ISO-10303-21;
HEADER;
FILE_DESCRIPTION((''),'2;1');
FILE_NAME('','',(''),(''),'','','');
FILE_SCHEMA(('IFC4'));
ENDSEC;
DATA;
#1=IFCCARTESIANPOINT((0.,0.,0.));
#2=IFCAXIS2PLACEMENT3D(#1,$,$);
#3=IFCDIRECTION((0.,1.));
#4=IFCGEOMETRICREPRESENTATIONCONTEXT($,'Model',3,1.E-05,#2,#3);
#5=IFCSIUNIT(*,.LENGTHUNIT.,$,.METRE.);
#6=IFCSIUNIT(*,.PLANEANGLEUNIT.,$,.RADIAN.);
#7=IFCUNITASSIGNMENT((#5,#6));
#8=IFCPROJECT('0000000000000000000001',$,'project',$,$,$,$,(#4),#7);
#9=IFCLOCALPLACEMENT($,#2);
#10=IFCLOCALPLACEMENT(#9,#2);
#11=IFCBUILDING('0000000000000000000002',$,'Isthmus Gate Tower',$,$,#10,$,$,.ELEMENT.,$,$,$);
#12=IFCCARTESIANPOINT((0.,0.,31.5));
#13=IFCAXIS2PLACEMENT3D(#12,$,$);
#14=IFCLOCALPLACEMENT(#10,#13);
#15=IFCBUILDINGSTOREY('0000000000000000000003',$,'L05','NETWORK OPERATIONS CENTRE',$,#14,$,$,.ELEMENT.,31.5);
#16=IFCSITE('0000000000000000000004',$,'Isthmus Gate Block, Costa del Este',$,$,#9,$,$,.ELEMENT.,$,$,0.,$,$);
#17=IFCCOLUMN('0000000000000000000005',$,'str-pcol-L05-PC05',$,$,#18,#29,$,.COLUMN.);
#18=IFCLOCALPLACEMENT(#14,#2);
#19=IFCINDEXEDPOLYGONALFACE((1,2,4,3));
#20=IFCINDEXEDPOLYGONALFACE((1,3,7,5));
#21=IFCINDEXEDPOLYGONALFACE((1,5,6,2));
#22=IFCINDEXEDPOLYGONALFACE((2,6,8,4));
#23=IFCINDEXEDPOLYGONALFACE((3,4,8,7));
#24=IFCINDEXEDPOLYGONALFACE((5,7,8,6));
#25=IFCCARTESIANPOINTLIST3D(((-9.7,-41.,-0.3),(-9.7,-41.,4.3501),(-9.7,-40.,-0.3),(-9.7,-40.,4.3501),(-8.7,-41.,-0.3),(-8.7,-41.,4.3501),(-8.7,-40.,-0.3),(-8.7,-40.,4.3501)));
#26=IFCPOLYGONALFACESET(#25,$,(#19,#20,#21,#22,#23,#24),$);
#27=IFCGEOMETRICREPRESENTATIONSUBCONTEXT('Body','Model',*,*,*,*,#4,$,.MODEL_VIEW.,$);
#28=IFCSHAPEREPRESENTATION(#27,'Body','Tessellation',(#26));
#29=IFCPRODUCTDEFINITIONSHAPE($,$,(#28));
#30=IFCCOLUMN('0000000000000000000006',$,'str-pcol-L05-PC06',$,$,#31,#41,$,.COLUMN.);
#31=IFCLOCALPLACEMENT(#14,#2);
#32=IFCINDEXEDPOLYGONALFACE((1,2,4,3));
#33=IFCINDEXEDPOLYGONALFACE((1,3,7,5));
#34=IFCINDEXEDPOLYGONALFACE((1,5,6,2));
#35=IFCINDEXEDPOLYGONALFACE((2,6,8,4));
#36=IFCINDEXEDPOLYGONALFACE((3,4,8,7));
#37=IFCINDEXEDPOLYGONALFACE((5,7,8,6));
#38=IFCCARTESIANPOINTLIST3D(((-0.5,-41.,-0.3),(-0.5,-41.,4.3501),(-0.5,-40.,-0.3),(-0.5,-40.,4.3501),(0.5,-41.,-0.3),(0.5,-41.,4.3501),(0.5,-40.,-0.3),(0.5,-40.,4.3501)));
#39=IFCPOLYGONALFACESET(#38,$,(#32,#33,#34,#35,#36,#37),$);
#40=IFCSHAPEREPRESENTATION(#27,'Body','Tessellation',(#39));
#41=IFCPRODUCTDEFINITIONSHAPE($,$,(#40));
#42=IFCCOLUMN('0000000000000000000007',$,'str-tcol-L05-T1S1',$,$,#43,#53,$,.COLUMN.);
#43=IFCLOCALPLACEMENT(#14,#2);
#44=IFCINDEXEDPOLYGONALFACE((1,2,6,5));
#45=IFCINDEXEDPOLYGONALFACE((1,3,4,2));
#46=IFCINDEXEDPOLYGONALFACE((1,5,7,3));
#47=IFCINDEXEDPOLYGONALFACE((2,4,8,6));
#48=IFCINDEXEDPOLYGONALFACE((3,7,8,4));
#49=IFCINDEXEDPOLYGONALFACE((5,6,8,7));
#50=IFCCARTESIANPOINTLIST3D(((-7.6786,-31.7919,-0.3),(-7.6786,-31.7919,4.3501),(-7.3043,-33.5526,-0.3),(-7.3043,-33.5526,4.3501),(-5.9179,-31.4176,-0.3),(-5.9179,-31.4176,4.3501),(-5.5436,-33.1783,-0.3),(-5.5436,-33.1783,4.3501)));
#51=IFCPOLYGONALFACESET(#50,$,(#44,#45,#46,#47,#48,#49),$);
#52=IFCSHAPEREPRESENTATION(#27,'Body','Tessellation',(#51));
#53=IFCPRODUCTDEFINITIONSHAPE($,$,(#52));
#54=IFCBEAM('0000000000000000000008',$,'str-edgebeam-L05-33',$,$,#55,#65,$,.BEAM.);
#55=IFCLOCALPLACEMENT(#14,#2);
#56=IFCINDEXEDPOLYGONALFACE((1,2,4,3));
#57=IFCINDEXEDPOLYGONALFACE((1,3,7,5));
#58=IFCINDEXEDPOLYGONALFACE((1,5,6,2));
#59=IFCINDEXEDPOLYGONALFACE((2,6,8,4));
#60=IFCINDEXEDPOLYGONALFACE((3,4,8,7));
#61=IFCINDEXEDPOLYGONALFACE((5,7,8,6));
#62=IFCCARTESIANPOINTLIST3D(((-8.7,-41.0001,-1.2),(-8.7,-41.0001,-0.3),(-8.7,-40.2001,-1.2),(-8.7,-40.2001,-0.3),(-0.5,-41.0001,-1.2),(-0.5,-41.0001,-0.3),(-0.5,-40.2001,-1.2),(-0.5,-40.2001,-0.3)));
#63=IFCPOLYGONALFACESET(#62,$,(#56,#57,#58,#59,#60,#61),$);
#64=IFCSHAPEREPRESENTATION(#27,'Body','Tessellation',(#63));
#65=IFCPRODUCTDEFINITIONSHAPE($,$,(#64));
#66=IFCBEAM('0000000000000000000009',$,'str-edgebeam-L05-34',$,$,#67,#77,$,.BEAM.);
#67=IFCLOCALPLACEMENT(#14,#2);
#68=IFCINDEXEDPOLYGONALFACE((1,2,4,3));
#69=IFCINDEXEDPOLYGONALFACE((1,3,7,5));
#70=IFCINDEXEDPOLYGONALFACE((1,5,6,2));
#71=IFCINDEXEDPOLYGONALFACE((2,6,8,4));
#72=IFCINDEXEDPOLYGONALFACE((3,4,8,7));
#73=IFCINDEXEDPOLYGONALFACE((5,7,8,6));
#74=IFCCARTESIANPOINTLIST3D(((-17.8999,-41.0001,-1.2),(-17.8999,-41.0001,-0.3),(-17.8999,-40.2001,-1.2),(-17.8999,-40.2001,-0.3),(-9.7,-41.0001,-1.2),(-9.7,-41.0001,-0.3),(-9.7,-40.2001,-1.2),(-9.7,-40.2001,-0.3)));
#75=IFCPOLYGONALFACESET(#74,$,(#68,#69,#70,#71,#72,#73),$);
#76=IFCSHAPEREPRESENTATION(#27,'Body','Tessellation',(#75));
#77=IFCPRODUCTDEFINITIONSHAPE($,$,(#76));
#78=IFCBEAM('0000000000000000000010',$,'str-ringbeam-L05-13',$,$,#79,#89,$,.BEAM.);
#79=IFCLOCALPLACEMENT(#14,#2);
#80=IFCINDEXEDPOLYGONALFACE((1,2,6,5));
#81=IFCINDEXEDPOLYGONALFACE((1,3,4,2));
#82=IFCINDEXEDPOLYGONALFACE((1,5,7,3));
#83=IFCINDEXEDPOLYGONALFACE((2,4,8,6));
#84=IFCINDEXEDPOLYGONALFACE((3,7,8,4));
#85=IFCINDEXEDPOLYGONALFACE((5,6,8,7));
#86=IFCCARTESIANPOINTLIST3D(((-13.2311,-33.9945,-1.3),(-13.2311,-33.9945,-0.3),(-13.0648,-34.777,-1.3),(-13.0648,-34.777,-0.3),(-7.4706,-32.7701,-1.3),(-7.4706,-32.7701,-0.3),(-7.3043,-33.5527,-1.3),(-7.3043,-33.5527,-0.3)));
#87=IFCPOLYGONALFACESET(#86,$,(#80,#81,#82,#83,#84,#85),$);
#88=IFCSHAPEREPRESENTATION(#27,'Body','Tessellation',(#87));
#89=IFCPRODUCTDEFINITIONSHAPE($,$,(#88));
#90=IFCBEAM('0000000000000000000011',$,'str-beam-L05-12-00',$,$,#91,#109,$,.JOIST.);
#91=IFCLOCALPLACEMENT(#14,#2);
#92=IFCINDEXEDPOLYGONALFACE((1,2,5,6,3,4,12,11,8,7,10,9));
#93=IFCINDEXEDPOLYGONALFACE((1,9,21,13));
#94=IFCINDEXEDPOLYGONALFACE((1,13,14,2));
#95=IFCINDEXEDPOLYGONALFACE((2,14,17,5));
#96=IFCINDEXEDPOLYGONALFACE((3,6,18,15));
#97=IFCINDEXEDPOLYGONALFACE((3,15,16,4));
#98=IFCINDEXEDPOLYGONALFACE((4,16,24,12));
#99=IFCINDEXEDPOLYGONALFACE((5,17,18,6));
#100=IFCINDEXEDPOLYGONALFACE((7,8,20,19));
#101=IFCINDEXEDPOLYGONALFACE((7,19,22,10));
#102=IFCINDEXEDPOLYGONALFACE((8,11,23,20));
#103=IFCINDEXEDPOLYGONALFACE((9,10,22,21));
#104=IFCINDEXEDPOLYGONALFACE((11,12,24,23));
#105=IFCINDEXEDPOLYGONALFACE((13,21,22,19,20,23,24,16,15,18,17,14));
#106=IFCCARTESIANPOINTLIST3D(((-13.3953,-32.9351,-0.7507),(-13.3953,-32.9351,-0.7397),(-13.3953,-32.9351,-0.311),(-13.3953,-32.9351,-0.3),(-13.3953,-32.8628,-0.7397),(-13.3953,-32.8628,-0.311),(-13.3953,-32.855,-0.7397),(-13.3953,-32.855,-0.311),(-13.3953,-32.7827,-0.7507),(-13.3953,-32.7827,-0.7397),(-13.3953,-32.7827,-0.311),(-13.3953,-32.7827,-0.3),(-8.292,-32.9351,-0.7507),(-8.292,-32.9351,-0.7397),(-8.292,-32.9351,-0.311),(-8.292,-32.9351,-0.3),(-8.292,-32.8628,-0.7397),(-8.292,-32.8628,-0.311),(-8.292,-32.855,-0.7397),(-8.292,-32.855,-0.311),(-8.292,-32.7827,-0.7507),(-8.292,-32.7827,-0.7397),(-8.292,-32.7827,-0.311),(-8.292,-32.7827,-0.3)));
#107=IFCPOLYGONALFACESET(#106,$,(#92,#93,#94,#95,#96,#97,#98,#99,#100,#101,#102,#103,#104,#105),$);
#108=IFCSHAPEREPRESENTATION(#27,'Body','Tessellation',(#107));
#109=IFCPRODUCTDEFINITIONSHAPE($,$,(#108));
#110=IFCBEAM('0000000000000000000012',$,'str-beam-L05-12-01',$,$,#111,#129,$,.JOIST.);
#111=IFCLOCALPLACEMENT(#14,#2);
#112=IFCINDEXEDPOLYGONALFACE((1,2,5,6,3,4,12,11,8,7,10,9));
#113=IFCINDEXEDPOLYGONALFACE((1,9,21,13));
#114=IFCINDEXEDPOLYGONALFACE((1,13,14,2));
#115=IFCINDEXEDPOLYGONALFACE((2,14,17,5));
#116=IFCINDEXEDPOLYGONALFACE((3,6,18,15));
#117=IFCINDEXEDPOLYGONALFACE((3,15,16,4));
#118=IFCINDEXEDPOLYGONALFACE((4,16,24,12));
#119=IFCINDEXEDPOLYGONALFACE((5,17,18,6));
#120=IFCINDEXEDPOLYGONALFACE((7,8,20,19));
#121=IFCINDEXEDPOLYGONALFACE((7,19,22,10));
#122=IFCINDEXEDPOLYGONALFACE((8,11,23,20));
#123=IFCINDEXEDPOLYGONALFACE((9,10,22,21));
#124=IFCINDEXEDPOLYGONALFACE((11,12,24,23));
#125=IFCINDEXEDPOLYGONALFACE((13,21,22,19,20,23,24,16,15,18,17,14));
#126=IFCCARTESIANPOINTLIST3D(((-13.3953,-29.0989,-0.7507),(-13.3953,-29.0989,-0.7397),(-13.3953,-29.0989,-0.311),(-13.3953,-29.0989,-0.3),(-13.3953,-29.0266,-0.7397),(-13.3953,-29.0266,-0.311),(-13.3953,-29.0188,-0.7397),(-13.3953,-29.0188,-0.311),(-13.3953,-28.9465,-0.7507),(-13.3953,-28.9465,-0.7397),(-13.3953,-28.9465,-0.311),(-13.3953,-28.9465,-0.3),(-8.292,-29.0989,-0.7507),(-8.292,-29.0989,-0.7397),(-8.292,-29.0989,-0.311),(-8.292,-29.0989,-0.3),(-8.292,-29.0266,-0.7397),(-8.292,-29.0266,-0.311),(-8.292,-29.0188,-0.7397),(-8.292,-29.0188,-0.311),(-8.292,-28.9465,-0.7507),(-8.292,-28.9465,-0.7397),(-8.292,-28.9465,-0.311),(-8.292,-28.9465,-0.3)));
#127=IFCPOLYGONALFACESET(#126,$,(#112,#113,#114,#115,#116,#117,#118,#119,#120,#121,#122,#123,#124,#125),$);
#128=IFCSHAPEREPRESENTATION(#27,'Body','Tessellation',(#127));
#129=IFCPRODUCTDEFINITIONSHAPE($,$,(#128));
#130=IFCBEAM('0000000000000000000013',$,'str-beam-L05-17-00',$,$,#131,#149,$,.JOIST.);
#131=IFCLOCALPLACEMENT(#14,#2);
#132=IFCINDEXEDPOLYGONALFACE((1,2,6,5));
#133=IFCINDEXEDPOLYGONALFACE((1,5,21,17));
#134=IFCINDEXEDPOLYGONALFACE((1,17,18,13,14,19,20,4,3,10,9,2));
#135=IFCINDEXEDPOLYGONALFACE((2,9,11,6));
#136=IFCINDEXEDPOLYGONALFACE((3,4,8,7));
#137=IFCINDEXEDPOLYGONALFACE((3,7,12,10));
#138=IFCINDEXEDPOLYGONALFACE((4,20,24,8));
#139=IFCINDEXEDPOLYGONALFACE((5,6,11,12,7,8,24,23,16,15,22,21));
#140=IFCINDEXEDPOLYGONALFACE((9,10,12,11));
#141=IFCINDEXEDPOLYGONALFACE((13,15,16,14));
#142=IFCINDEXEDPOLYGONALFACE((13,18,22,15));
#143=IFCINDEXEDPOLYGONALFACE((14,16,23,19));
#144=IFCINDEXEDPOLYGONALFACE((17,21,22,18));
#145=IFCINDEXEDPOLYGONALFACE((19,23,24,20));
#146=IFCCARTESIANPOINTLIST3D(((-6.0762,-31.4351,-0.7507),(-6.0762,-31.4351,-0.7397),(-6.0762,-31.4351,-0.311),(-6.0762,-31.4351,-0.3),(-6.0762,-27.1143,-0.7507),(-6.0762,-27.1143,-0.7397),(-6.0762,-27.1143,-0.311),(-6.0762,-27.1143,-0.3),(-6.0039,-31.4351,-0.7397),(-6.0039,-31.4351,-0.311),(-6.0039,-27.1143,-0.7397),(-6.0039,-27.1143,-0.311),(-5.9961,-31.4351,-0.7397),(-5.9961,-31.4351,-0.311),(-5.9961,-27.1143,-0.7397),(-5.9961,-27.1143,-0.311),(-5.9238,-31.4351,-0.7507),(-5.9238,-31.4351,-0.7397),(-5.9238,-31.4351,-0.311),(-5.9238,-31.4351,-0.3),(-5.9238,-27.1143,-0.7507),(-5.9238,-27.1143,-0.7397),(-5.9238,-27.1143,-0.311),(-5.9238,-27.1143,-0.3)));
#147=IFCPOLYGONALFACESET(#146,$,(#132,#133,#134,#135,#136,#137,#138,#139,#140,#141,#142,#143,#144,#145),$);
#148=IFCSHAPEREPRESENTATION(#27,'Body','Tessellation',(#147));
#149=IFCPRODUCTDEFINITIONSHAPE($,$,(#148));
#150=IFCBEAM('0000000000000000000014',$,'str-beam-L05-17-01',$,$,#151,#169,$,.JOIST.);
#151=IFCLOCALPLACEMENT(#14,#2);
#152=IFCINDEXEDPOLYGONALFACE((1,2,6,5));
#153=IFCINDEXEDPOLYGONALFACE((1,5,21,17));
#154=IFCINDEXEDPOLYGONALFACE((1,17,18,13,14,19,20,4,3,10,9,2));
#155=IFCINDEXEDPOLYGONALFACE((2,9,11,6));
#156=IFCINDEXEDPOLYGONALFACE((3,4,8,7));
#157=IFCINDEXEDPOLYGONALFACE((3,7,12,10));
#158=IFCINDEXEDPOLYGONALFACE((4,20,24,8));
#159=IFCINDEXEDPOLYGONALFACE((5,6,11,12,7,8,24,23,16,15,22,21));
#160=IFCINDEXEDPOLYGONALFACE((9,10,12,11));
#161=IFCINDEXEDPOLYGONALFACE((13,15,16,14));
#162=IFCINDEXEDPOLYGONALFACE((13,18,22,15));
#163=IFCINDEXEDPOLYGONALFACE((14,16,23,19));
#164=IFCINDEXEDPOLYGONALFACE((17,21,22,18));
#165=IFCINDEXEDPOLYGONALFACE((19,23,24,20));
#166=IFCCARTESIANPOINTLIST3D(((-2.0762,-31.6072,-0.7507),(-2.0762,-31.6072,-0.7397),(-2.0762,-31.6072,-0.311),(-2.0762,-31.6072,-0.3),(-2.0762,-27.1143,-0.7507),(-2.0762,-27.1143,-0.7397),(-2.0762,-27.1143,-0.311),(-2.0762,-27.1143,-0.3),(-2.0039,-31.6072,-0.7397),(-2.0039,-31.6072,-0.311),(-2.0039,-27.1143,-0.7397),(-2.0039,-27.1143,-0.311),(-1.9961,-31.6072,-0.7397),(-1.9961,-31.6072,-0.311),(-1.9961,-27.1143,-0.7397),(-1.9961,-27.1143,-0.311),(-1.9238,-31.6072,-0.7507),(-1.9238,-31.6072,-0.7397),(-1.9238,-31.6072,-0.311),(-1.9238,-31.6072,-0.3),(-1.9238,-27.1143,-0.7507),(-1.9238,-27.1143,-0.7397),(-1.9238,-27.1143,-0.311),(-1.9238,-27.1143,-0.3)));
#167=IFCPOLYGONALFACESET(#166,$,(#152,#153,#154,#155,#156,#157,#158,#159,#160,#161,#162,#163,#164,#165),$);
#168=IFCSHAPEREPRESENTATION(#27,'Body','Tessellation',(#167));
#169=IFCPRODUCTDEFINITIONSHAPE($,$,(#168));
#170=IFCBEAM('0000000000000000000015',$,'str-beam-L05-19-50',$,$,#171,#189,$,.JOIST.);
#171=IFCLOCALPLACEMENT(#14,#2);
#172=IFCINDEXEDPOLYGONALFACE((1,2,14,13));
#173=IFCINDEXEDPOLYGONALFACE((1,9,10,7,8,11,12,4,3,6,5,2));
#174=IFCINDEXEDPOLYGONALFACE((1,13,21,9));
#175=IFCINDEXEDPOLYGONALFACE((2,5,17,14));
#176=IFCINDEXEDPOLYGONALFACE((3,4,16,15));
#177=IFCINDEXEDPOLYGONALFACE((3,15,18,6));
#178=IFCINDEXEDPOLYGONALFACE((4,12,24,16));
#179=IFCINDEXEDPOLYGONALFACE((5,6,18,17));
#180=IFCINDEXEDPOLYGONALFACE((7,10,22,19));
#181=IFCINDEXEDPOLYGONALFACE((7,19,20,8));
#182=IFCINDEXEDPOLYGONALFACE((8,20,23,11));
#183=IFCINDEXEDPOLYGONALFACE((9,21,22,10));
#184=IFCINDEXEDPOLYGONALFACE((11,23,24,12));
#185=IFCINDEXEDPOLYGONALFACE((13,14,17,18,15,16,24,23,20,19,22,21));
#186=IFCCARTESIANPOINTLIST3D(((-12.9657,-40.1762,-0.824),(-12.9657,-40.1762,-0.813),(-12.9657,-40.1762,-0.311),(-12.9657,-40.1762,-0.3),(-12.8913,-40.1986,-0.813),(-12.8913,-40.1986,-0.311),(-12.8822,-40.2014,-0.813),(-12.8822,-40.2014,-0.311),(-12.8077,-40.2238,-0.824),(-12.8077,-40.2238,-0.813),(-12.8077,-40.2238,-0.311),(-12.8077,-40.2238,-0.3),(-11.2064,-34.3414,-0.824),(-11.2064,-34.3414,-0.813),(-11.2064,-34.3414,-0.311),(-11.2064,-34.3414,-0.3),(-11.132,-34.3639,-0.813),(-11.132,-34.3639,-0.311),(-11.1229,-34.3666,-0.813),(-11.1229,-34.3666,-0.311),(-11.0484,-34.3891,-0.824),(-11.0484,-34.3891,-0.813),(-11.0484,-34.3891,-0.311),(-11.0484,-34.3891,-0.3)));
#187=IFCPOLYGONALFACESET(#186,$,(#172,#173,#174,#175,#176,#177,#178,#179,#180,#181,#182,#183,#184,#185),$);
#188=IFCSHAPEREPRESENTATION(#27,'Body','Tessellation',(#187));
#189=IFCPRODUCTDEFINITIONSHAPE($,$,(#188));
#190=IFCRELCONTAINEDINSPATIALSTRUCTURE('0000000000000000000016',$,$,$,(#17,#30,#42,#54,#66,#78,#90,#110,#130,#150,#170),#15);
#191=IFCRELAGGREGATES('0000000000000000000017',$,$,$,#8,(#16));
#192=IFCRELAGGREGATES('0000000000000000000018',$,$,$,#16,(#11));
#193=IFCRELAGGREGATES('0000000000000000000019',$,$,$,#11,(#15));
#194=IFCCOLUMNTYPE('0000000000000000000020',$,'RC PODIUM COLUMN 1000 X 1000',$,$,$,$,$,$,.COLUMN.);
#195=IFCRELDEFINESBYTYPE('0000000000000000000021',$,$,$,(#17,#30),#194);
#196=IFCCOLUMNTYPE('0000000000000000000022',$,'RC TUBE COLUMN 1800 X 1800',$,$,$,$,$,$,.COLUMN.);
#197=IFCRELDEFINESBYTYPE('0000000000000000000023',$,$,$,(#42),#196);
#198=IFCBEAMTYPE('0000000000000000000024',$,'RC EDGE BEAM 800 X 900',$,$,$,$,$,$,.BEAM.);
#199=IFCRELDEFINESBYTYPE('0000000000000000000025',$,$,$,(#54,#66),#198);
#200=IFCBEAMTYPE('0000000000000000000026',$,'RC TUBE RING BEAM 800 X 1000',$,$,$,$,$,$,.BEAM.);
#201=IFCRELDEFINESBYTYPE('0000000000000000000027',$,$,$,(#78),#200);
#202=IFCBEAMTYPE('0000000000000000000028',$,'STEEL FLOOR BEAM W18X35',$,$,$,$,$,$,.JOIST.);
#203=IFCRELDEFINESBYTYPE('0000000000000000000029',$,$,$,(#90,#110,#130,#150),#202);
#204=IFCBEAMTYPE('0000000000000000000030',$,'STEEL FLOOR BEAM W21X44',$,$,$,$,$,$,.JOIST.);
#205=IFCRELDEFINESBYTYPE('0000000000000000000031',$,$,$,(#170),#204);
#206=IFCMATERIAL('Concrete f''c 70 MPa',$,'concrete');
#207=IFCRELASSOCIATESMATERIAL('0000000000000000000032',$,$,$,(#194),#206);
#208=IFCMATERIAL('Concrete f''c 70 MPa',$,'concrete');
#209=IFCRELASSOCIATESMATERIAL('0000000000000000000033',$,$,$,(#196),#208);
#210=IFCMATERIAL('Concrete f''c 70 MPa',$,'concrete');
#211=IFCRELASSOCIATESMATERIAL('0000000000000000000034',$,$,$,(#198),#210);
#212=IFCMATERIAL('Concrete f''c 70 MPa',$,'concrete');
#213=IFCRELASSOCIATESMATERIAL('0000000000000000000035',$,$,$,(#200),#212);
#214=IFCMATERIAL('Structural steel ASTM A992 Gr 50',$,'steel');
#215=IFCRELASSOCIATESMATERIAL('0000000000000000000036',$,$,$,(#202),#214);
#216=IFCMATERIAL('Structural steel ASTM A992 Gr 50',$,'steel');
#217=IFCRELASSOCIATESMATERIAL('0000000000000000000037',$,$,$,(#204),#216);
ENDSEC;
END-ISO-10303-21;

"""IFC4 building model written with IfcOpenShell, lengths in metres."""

from ifc_helpers import new_model, si_unit, direction, frame, origin, origin_2d, place, context, subcontext, project, spatial, rectangle, i_section, extrude, material, material_profile, profile_set, type_object, element, save


model = new_model("IFC4")

# Units and contexts
model_context = context("Model", 3, precision=1e-05, world=origin(), true_north=direction((0.0, 1.0)))
body_context = subcontext(model_context, "Body", "Model", "MODEL_VIEW")
ifc_project = project(units=[si_unit("LENGTHUNIT", "METRE"), si_unit("PLANEANGLEUNIT", "RADIAN")], contexts=[model_context])

# Site, building, storey
site_placement = place(None, origin())
site = spatial("IfcSite", under=ifc_project, at=site_placement, Name="Isthmus Gate Block, Costa del Este", CompositionType="ELEMENT", RefElevation=0.0)
building_placement = place(site_placement, origin())
building = spatial("IfcBuilding", under=site, at=building_placement, Name="Isthmus Gate Tower", CompositionType="ELEMENT")
storey_placement = place(building_placement, frame((0.0, 0.0, 31.5)))
storey = spatial("IfcBuildingStorey", under=building, at=storey_placement, Name="L05", Description="NETWORK OPERATIONS CENTRE", CompositionType="ELEMENT", Elevation=31.5)

# Columns
ifc_material_1 = material(Name="Concrete f'c 70 MPa", Category="concrete")
ifc_material_profile_1 = material_profile(ifc_material_1, rectangle(XDim=1.0, YDim=1.0, at=origin_2d()), Name="RC 1000X1000")
ifc_profile_set_1 = profile_set([ifc_material_profile_1], Name="Concrete f'c 70 MPa")
column_type_1 = type_object("IfcColumnType", Name="RC PODIUM COLUMN 1000 X 1000", PredefinedType="COLUMN", material=ifc_profile_set_1)
for number, where, z_axis, x_axis, name in (
    (1, (-9.2, -40.5, -0.3), (0.0, 0.0, 1.0), (1.0, 0.0, 0.0), "str-pcol-L05-PC05"),
    (2, (0.0, -40.5, -0.3), (0.0, 0.0, 1.0), (1.0, 0.0, 0.0), "str-pcol-L05-PC06"),
):
    element("IfcColumn", number, at=place(storey_placement, frame(where, z_axis=z_axis, x_axis=x_axis)), inside=storey, type_object=column_type_1, Name=name, PredefinedType="COLUMN", context=body_context, shape_type="SweptSolid", body=[
        extrude(rectangle(XDim=1.0, YDim=1.0, at=origin_2d()), origin(), (0.0, 0.0, 1.0), 4.6501),
    ])
ifc_material_2 = material(Name="Concrete f'c 70 MPa", Category="concrete")
ifc_material_profile_2 = material_profile(ifc_material_2, rectangle(XDim=1.8, YDim=1.8, at=origin_2d()), Name="RC 1800X1800")
ifc_profile_set_2 = profile_set([ifc_material_profile_2], Name="Concrete f'c 70 MPa")
column_type_2 = type_object("IfcColumnType", Name="RC TUBE COLUMN 1800 X 1800", PredefinedType="COLUMN", material=ifc_profile_set_2)
column_placement = place(storey_placement, frame((-6.6111, -32.4851, -0.3), z_axis=(0.0, 0.0, 1.0), x_axis=(0.978148, 0.207912, 0.0)))
element("IfcColumn", 3, at=column_placement, inside=storey, type_object=column_type_2, Name="str-tcol-L05-T1S1", PredefinedType="COLUMN", context=body_context, shape_type="SweptSolid", body=[
    extrude(rectangle(XDim=1.8, YDim=1.8, at=origin_2d()), origin(), (0.0, 0.0, 1.0), 4.6501),
])

# Beams
ifc_material_3 = material(Name="Concrete f'c 70 MPa", Category="concrete")
ifc_material_profile_3 = material_profile(ifc_material_3, rectangle(XDim=0.8, YDim=0.8999, at=origin_2d()), Name="RC 800X900")
ifc_profile_set_3 = profile_set([ifc_material_profile_3], Name="Concrete f'c 70 MPa")
beam_type_1 = type_object("IfcBeamType", Name="RC EDGE BEAM 800 X 900", PredefinedType="BEAM", material=ifc_profile_set_3)
for number, where, z_axis, x_axis, name in (
    (4, (-0.5, -40.6001, -0.75), (-1.0, 0.0, 0.0), (0.0, -1.0, 0.0), "str-edgebeam-L05-33"),
    (5, (-9.7, -40.6001, -0.75), (-1.0, 0.0, 0.0), (0.0, -1.0, 0.0), "str-edgebeam-L05-34"),
):
    element("IfcBeam", number, at=place(storey_placement, frame(where, z_axis=z_axis, x_axis=x_axis)), inside=storey, type_object=beam_type_1, Name=name, PredefinedType="BEAM", context=body_context, shape_type="SweptSolid", body=[
        extrude(rectangle(XDim=0.8, YDim=0.8999, at=origin_2d()), origin(), (0.0, 0.0, 1.0), 8.2),
    ])
ifc_material_4 = material(Name="Concrete f'c 70 MPa", Category="concrete")
ifc_material_profile_4 = material_profile(ifc_material_4, rectangle(XDim=0.8, YDim=1.0, at=origin_2d()), Name="RC 800X1000")
ifc_profile_set_4 = profile_set([ifc_material_profile_4], Name="Concrete f'c 70 MPa")
beam_type_2 = type_object("IfcBeamType", Name="RC TUBE RING BEAM 800 X 1000", PredefinedType="BEAM", material=ifc_profile_set_4)
beam_1_placement = place(storey_placement, frame((-7.3875, -33.1614, -0.8), z_axis=(-0.97815, -0.207901, 0.0), x_axis=(0.207901, -0.97815, 0.0)))
element("IfcBeam", 6, at=beam_1_placement, inside=storey, type_object=beam_type_2, Name="str-ringbeam-L05-13", PredefinedType="BEAM", context=body_context, shape_type="SweptSolid", body=[
    extrude(rectangle(XDim=0.8, YDim=1.0, at=origin_2d()), origin(), (0.0, 0.0, 1.0), 5.8892),
])
ifc_material_5 = material(Name="Structural steel ASTM A992 Gr 50", Category="steel")
ifc_material_profile_5 = material_profile(ifc_material_5, i_section(OverallWidth=0.1523, OverallDepth=0.4507, WebThickness=0.0078, FlangeThickness=0.011, at=origin_2d()), Name="W18X35")
ifc_profile_set_5 = profile_set([ifc_material_profile_5], Name="Structural steel ASTM A992 Gr 50")
beam_type_3 = type_object("IfcBeamType", Name="STEEL FLOOR BEAM W18X35", PredefinedType="JOIST", material=ifc_profile_set_5)
for number, where, z_axis, x_axis, name in (
    (7, (-13.3953, -32.8589, -0.5254), (1.0, 0.0, 0.0), (0.0, 1.0, 0.0), "str-beam-L05-12-00"),
    (8, (-13.3953, -29.0227, -0.5254), (1.0, 0.0, 0.0), (0.0, 1.0, 0.0), "str-beam-L05-12-01"),
):
    element("IfcBeam", number, at=place(storey_placement, frame(where, z_axis=z_axis, x_axis=x_axis)), inside=storey, type_object=beam_type_3, Name=name, PredefinedType="JOIST", context=body_context, shape_type="SweptSolid", body=[
        extrude(i_section(OverallWidth=0.1523, OverallDepth=0.4507, WebThickness=0.0078, FlangeThickness=0.011, at=origin_2d()), origin(), (0.0, 0.0, 1.0), 5.1033),
    ])
beam_2_placement = place(storey_placement, frame((-6.0, -31.4351, -0.5254), z_axis=(0.0, 1.0, 0.0), x_axis=(-1.0, 0.0, 0.0)))
element("IfcBeam", 9, at=beam_2_placement, inside=storey, type_object=beam_type_3, Name="str-beam-L05-17-00", PredefinedType="JOIST", context=body_context, shape_type="SweptSolid", body=[
    extrude(i_section(OverallWidth=0.1523, OverallDepth=0.4507, WebThickness=0.0078, FlangeThickness=0.011, at=origin_2d()), origin(), (0.0, 0.0, 1.0), 4.3208),
])
beam_3_placement = place(storey_placement, frame((-2.0, -31.6072, -0.5254), z_axis=(0.0, 1.0, 0.0), x_axis=(-1.0, 0.0, 0.0)))
element("IfcBeam", 10, at=beam_3_placement, inside=storey, type_object=beam_type_3, Name="str-beam-L05-17-01", PredefinedType="JOIST", context=body_context, shape_type="SweptSolid", body=[
    extrude(i_section(OverallWidth=0.1523, OverallDepth=0.4507, WebThickness=0.0078, FlangeThickness=0.011, at=origin_2d()), origin(), (0.0, 0.0, 1.0), 4.4929),
])
ifc_material_6 = material(Name="Structural steel ASTM A992 Gr 50", Category="steel")
ifc_material_profile_6 = material_profile(ifc_material_6, i_section(OverallWidth=0.165, OverallDepth=0.5239, WebThickness=0.0095, FlangeThickness=0.011, at=origin_2d()), Name="W21X44")
ifc_profile_set_6 = profile_set([ifc_material_profile_6], Name="Structural steel ASTM A992 Gr 50")
beam_type_4 = type_object("IfcBeamType", Name="STEEL FLOOR BEAM W21X44", PredefinedType="JOIST", material=ifc_profile_set_6)
beam_4_placement = place(storey_placement, frame((-11.1274, -34.3652, -0.562), z_axis=(-0.288682, -0.957425, 0.0), x_axis=(0.957425, -0.288682, 0.0)))
element("IfcBeam", 11, at=beam_4_placement, inside=storey, type_object=beam_type_4, Name="str-beam-L05-19-50", PredefinedType="JOIST", context=body_context, shape_type="SweptSolid", body=[
    extrude(i_section(OverallWidth=0.165, OverallDepth=0.5239, WebThickness=0.0095, FlangeThickness=0.011, at=origin_2d()), origin(), (0.0, 0.0, 1.0), 6.0942),
])

save(model, "model.ifc")
